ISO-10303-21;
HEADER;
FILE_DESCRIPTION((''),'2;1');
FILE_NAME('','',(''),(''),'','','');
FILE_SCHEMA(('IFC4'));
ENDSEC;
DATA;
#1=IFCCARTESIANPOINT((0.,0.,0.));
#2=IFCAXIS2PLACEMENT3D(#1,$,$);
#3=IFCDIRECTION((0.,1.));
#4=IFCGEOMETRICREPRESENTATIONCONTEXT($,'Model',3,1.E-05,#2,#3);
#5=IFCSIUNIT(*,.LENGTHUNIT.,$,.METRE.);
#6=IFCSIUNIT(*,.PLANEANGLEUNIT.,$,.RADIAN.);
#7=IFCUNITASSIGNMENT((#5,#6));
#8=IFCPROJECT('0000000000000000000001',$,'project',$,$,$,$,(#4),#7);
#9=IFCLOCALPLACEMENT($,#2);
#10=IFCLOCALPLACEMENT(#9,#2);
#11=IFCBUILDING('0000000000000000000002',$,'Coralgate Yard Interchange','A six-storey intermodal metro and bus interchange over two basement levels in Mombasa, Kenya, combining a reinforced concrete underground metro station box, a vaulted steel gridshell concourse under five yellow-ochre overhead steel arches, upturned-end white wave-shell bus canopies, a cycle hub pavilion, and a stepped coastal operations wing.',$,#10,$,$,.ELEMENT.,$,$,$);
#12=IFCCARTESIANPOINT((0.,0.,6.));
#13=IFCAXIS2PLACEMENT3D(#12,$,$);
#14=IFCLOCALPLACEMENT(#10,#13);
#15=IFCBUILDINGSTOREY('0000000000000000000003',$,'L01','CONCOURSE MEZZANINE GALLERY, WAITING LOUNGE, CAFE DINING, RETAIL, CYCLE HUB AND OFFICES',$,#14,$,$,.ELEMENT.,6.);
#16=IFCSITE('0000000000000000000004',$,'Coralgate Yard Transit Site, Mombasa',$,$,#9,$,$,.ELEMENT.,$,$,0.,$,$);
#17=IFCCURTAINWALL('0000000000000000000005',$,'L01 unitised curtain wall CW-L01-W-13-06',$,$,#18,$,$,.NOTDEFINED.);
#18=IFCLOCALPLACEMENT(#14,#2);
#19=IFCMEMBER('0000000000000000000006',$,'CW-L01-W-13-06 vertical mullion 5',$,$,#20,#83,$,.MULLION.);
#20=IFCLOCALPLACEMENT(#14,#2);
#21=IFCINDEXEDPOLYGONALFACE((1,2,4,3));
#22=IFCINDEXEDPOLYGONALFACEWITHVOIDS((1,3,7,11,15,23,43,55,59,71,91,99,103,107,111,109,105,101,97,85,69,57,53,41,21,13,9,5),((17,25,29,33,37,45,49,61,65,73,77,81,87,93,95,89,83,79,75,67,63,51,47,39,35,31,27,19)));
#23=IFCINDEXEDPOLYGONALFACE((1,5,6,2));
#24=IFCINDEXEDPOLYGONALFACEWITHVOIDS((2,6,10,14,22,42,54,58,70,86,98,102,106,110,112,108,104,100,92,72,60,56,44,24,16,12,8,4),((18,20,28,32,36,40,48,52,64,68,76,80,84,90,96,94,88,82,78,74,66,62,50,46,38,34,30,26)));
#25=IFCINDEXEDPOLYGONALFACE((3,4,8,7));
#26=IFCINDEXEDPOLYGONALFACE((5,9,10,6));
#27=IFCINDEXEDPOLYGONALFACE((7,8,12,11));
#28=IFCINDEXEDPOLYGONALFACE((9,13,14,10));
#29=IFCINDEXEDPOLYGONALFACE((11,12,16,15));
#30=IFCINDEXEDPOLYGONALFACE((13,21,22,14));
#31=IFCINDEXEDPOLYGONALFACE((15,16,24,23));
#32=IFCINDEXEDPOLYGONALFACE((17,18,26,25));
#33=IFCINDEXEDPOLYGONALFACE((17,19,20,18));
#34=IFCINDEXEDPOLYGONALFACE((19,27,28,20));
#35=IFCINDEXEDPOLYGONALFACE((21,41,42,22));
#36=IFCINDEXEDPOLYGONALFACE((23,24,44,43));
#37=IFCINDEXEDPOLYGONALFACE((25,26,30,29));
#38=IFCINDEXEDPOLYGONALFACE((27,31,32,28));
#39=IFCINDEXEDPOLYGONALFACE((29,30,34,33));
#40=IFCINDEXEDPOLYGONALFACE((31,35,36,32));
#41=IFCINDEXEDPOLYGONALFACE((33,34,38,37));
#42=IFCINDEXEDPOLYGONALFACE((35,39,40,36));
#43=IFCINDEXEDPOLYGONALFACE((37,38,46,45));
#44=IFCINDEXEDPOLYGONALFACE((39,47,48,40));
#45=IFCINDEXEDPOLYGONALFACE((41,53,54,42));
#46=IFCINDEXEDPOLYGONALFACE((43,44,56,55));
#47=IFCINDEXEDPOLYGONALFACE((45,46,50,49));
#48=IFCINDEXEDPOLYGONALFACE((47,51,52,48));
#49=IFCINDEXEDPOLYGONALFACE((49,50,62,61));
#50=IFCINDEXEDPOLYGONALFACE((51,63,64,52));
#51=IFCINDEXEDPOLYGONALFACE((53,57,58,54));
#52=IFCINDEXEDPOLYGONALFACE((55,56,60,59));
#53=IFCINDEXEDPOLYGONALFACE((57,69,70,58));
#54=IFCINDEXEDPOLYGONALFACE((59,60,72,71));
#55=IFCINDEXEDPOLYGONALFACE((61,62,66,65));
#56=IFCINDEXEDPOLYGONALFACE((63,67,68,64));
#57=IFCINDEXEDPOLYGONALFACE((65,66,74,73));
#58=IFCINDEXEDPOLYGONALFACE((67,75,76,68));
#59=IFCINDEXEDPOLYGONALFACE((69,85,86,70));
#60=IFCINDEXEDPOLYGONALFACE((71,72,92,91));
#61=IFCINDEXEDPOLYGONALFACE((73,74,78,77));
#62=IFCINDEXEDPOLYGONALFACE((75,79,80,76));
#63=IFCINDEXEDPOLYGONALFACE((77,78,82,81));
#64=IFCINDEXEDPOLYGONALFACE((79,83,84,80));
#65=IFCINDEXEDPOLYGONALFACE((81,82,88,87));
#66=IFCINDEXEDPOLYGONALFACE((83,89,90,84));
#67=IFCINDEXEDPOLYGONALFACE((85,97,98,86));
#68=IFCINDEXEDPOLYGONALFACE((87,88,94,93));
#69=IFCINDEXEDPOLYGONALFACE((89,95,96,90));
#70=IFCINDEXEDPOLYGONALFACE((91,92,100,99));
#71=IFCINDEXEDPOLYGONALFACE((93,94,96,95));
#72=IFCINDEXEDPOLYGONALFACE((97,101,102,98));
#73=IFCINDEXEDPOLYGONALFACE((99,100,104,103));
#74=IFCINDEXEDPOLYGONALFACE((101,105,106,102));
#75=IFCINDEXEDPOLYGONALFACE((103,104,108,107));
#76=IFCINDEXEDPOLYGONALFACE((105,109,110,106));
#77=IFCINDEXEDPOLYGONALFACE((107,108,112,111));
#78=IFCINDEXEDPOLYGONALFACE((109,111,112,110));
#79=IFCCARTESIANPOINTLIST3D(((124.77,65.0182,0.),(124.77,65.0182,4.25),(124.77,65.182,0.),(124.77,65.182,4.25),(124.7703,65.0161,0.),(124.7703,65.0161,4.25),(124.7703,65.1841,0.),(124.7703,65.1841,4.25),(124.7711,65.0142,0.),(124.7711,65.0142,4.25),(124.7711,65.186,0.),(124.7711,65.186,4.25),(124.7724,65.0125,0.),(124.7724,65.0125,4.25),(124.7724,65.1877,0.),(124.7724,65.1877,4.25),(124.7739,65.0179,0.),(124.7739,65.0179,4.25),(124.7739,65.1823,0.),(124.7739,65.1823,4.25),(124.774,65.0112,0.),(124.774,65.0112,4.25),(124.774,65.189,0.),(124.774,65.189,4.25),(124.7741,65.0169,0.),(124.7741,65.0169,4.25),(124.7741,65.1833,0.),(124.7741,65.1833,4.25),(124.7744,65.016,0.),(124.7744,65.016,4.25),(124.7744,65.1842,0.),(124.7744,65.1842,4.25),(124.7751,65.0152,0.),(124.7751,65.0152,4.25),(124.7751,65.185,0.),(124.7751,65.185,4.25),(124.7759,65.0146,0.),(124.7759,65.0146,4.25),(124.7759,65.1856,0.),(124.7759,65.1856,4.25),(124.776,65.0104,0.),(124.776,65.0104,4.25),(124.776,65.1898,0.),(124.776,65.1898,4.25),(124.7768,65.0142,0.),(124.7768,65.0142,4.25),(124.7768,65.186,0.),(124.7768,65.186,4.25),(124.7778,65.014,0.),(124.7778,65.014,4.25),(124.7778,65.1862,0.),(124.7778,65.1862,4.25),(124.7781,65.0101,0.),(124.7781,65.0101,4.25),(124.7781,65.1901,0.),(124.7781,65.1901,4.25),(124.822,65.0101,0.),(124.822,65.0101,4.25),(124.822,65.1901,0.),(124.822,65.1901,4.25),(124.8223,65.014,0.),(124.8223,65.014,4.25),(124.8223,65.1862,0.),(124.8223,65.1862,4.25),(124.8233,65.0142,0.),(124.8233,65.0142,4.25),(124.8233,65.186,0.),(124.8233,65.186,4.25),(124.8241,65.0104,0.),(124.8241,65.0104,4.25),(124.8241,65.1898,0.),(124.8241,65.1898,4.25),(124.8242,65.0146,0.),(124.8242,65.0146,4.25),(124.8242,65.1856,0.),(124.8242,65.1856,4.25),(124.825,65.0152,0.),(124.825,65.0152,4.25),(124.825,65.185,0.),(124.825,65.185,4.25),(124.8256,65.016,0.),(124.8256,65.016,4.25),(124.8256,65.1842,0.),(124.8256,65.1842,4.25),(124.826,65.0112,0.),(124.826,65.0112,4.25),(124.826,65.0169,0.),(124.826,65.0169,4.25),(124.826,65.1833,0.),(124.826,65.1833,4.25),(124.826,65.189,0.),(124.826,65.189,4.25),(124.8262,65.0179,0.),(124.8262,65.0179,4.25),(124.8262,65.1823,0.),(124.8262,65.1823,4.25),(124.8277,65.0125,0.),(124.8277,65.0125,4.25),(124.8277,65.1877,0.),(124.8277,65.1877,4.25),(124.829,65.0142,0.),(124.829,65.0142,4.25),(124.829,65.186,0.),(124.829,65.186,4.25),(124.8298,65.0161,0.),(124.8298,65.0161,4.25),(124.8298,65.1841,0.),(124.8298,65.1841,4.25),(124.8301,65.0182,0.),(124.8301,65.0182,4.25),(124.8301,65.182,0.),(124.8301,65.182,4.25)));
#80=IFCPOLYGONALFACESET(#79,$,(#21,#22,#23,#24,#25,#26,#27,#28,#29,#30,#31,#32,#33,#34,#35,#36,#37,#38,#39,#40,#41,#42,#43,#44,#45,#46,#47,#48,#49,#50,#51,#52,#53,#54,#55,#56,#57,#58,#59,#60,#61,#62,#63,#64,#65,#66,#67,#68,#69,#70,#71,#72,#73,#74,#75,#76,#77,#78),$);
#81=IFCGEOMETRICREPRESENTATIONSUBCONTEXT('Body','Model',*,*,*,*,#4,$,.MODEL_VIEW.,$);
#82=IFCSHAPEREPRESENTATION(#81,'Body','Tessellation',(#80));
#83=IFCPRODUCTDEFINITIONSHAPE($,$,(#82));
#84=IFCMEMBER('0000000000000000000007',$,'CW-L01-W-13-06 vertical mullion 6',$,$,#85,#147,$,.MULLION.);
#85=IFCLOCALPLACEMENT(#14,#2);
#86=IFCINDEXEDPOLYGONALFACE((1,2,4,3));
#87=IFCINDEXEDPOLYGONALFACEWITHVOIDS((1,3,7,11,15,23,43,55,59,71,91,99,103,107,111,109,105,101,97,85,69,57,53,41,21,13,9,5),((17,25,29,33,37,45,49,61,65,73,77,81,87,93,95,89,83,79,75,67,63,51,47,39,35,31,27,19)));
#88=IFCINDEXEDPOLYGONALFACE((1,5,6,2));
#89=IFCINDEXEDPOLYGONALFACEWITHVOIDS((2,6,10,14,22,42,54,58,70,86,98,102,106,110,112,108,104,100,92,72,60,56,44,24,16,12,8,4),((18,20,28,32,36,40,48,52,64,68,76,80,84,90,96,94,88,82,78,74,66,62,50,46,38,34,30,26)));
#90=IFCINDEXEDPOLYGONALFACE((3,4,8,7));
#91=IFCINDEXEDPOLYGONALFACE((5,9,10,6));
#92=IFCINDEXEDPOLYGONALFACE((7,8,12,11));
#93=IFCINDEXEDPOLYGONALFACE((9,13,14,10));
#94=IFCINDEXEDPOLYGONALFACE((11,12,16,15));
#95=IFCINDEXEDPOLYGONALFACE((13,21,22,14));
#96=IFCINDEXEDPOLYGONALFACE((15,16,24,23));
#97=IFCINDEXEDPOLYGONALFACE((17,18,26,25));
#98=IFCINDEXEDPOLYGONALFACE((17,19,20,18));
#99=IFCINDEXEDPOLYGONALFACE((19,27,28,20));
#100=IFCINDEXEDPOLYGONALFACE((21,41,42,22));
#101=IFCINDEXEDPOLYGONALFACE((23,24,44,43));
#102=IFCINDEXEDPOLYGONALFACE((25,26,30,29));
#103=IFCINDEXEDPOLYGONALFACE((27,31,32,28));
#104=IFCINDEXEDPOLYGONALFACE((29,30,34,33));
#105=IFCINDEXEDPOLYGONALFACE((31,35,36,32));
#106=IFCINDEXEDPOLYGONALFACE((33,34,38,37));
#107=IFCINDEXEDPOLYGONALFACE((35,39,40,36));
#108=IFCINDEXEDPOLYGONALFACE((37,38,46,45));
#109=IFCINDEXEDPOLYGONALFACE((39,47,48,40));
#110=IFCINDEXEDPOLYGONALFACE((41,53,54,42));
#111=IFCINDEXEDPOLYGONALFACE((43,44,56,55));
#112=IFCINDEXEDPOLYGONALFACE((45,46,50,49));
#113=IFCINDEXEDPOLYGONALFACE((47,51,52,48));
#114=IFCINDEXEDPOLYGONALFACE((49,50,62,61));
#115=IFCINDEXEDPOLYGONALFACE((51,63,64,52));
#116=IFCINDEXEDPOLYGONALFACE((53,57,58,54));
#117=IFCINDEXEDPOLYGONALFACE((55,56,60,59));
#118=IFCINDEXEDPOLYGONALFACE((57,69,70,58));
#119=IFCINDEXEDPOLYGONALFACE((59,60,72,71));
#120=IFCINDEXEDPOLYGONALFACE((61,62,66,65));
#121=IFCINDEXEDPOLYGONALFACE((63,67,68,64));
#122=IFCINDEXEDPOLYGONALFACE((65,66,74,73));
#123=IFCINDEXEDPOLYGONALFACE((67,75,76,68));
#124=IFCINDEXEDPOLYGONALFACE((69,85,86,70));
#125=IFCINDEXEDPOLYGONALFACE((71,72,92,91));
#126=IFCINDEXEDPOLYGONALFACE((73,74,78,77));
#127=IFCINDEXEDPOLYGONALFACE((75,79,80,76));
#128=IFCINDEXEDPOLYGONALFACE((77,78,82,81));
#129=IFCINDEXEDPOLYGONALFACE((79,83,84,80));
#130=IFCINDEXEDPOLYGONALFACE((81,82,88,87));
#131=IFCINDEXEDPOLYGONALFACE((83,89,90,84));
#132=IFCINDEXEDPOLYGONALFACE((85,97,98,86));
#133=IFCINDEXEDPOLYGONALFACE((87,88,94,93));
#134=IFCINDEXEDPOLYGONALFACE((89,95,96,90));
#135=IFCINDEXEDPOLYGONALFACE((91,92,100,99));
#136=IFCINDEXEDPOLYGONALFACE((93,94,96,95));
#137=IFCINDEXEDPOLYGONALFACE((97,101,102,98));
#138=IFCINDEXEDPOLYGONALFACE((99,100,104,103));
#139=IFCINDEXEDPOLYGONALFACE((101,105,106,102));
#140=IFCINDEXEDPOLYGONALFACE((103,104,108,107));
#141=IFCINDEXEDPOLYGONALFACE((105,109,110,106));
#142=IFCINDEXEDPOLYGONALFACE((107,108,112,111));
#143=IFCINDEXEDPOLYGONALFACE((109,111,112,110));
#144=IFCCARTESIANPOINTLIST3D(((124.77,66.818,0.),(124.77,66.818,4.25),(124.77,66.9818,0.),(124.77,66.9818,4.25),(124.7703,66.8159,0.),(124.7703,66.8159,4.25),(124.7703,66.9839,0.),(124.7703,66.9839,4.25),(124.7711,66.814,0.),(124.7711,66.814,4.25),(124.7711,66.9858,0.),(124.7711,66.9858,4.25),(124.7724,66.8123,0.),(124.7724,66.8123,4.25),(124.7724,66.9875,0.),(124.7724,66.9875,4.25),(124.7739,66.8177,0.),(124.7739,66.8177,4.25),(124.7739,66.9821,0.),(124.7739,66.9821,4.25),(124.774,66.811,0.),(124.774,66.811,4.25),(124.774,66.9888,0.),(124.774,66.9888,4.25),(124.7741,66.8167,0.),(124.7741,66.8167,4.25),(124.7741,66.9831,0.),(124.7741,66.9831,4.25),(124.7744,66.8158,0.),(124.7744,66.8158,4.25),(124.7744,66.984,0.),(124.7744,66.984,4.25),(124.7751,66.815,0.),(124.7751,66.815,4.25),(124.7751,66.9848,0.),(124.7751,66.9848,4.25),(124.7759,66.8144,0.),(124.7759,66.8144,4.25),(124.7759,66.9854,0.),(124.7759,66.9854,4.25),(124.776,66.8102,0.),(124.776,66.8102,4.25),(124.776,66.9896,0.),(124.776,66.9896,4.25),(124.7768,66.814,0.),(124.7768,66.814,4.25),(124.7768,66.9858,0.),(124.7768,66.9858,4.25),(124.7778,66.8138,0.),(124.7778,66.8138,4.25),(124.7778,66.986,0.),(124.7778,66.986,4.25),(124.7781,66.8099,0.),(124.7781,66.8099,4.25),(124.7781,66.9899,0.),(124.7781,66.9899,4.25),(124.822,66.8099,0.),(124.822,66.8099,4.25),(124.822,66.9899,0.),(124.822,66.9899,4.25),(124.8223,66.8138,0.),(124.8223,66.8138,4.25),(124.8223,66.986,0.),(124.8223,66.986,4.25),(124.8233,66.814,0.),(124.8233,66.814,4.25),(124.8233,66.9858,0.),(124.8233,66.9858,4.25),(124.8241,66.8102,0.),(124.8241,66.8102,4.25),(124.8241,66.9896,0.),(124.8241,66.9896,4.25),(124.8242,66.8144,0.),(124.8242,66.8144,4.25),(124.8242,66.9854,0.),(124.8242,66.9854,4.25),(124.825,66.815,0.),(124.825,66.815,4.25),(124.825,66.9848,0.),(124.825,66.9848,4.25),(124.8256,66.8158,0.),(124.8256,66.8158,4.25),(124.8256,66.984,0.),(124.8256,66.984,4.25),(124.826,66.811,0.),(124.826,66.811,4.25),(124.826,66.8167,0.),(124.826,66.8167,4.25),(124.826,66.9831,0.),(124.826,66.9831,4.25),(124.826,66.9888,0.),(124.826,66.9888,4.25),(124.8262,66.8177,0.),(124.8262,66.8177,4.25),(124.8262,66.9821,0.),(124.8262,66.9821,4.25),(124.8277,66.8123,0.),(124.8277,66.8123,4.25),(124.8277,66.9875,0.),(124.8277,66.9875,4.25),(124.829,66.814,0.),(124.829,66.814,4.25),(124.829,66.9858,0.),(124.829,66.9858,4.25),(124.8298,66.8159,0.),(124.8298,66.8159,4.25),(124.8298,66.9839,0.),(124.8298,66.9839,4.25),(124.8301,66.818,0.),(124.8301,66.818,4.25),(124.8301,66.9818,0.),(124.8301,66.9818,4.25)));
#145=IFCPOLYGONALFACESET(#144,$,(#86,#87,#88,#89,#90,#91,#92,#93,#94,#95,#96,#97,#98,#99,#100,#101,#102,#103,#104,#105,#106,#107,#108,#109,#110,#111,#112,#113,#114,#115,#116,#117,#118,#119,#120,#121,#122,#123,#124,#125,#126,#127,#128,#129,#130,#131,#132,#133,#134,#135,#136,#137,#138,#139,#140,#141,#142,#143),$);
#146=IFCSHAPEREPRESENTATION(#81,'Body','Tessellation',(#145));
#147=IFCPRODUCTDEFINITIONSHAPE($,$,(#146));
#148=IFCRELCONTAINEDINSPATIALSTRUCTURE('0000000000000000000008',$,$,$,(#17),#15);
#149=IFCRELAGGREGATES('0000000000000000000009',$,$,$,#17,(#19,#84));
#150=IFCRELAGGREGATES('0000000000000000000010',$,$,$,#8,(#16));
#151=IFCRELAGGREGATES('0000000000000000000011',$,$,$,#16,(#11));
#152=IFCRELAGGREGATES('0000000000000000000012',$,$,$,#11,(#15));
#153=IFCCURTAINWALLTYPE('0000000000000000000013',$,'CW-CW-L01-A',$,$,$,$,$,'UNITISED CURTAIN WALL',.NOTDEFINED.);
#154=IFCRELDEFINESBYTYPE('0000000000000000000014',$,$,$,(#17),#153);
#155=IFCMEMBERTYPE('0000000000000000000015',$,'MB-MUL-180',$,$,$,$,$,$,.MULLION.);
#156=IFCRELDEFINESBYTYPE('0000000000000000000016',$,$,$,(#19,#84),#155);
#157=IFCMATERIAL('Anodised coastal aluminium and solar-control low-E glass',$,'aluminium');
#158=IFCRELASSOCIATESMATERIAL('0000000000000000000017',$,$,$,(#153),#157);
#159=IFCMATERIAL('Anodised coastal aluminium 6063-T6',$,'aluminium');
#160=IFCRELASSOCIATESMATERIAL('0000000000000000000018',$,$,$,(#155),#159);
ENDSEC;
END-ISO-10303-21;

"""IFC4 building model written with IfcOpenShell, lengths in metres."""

from ifc_helpers import new_model, si_unit, direction, frame, origin, origin_2d, place, context, subcontext, project, spatial, hollow_rectangle, extrude, material, material_profile, profile_set, type_object, element, aggregate, save


model = new_model("IFC4")

# Units and contexts
model_context = context("Model", 3, precision=1e-05, world=origin(), true_north=direction((0.0, 1.0)))
body_context = subcontext(model_context, "Body", "Model", "MODEL_VIEW")
ifc_project = project(units=[si_unit("LENGTHUNIT", "METRE"), si_unit("PLANEANGLEUNIT", "RADIAN")], contexts=[model_context])

# Site, building, storey
site_placement = place(None, origin())
site = spatial("IfcSite", under=ifc_project, at=site_placement, Name="Coralgate Yard Transit Site, Mombasa", CompositionType="ELEMENT", RefElevation=0.0)
building_placement = place(site_placement, origin())
building = spatial("IfcBuilding", under=site, at=building_placement, Name="Coralgate Yard Interchange", Description="A six-storey intermodal metro and bus interchange over two basement levels in Mombasa, Kenya, combining a reinforced concrete underground metro station box, a vaulted steel gridshell concourse under five yellow-ochre overhead steel arches, upturned-end white wave-shell bus canopies, a cycle hub pavilion, and a stepped coastal operations wing.", CompositionType="ELEMENT")
storey_placement = place(building_placement, frame((0.0, 0.0, 6.0)))
storey = spatial("IfcBuildingStorey", under=building, at=storey_placement, Name="L01", Description="CONCOURSE MEZZANINE GALLERY, WAITING LOUNGE, CAFE DINING, RETAIL, CYCLE HUB AND OFFICES", CompositionType="ELEMENT", Elevation=6.0)

# Curtain wall, members
ifc_material_1 = material(Name="Anodised coastal aluminium and solar-control low-E glass", Category="aluminium")
curtain_wall_type = type_object("IfcCurtainWallType", Name="CW-CW-L01-A", ElementType="UNITISED CURTAIN WALL", PredefinedType="NOTDEFINED", material=ifc_material_1)
ifc_material_2 = material(Name="Anodised coastal aluminium 6063-T6", Category="aluminium")
ifc_material_profile_1 = material_profile(ifc_material_2, hollow_rectangle(XDim=0.0601, YDim=0.1799, WallThickness=0.0039, InnerFilletRadius=0.0039, OuterFilletRadius=0.0081, at=origin_2d()), Name="ALU 60x180x4")
ifc_profile_set_1 = profile_set([ifc_material_profile_1], Name="Anodised coastal aluminium 6063-T6")
member_type_1 = type_object("IfcMemberType", Name="MB-MUL-180", PredefinedType="MULLION", material=ifc_profile_set_1)
curtain_wall_1_placement = place(storey_placement, origin())
curtain_wall_1 = element("IfcCurtainWall", 1, at=curtain_wall_1_placement, inside=storey, type_object=curtain_wall_type, Name="L01 unitised curtain wall CW-L01-W-13-06", PredefinedType="NOTDEFINED")
member_1_placement = place(storey_placement, frame((124.8, 65.1001, 0.0), z_axis=(0.0, 0.0, 1.0), x_axis=(1.0, 0.0, 0.0)))
member_1 = element("IfcMember", 2, at=member_1_placement, type_object=member_type_1, Name="CW-L01-W-13-06 vertical mullion 5", PredefinedType="MULLION", context=body_context, shape_type="SweptSolid", body=[
    extrude(hollow_rectangle(XDim=0.0601, YDim=0.1799, WallThickness=0.0039, InnerFilletRadius=0.0039, OuterFilletRadius=0.0081, at=origin_2d()), origin(), (0.0, 0.0, 1.0), 4.25),
])
member_2_placement = place(storey_placement, frame((124.8, 66.8999, 0.0), z_axis=(0.0, 0.0, 1.0), x_axis=(1.0, 0.0, 0.0)))
member_2 = element("IfcMember", 3, at=member_2_placement, type_object=member_type_1, Name="CW-L01-W-13-06 vertical mullion 6", PredefinedType="MULLION", context=body_context, shape_type="SweptSolid", body=[
    extrude(hollow_rectangle(XDim=0.0601, YDim=0.1799, WallThickness=0.0039, InnerFilletRadius=0.0039, OuterFilletRadius=0.0081, at=origin_2d()), origin(), (0.0, 0.0, 1.0), 4.25),
])

aggregate(curtain_wall_1, [member_1, member_2])

save(model, "model.ifc")
